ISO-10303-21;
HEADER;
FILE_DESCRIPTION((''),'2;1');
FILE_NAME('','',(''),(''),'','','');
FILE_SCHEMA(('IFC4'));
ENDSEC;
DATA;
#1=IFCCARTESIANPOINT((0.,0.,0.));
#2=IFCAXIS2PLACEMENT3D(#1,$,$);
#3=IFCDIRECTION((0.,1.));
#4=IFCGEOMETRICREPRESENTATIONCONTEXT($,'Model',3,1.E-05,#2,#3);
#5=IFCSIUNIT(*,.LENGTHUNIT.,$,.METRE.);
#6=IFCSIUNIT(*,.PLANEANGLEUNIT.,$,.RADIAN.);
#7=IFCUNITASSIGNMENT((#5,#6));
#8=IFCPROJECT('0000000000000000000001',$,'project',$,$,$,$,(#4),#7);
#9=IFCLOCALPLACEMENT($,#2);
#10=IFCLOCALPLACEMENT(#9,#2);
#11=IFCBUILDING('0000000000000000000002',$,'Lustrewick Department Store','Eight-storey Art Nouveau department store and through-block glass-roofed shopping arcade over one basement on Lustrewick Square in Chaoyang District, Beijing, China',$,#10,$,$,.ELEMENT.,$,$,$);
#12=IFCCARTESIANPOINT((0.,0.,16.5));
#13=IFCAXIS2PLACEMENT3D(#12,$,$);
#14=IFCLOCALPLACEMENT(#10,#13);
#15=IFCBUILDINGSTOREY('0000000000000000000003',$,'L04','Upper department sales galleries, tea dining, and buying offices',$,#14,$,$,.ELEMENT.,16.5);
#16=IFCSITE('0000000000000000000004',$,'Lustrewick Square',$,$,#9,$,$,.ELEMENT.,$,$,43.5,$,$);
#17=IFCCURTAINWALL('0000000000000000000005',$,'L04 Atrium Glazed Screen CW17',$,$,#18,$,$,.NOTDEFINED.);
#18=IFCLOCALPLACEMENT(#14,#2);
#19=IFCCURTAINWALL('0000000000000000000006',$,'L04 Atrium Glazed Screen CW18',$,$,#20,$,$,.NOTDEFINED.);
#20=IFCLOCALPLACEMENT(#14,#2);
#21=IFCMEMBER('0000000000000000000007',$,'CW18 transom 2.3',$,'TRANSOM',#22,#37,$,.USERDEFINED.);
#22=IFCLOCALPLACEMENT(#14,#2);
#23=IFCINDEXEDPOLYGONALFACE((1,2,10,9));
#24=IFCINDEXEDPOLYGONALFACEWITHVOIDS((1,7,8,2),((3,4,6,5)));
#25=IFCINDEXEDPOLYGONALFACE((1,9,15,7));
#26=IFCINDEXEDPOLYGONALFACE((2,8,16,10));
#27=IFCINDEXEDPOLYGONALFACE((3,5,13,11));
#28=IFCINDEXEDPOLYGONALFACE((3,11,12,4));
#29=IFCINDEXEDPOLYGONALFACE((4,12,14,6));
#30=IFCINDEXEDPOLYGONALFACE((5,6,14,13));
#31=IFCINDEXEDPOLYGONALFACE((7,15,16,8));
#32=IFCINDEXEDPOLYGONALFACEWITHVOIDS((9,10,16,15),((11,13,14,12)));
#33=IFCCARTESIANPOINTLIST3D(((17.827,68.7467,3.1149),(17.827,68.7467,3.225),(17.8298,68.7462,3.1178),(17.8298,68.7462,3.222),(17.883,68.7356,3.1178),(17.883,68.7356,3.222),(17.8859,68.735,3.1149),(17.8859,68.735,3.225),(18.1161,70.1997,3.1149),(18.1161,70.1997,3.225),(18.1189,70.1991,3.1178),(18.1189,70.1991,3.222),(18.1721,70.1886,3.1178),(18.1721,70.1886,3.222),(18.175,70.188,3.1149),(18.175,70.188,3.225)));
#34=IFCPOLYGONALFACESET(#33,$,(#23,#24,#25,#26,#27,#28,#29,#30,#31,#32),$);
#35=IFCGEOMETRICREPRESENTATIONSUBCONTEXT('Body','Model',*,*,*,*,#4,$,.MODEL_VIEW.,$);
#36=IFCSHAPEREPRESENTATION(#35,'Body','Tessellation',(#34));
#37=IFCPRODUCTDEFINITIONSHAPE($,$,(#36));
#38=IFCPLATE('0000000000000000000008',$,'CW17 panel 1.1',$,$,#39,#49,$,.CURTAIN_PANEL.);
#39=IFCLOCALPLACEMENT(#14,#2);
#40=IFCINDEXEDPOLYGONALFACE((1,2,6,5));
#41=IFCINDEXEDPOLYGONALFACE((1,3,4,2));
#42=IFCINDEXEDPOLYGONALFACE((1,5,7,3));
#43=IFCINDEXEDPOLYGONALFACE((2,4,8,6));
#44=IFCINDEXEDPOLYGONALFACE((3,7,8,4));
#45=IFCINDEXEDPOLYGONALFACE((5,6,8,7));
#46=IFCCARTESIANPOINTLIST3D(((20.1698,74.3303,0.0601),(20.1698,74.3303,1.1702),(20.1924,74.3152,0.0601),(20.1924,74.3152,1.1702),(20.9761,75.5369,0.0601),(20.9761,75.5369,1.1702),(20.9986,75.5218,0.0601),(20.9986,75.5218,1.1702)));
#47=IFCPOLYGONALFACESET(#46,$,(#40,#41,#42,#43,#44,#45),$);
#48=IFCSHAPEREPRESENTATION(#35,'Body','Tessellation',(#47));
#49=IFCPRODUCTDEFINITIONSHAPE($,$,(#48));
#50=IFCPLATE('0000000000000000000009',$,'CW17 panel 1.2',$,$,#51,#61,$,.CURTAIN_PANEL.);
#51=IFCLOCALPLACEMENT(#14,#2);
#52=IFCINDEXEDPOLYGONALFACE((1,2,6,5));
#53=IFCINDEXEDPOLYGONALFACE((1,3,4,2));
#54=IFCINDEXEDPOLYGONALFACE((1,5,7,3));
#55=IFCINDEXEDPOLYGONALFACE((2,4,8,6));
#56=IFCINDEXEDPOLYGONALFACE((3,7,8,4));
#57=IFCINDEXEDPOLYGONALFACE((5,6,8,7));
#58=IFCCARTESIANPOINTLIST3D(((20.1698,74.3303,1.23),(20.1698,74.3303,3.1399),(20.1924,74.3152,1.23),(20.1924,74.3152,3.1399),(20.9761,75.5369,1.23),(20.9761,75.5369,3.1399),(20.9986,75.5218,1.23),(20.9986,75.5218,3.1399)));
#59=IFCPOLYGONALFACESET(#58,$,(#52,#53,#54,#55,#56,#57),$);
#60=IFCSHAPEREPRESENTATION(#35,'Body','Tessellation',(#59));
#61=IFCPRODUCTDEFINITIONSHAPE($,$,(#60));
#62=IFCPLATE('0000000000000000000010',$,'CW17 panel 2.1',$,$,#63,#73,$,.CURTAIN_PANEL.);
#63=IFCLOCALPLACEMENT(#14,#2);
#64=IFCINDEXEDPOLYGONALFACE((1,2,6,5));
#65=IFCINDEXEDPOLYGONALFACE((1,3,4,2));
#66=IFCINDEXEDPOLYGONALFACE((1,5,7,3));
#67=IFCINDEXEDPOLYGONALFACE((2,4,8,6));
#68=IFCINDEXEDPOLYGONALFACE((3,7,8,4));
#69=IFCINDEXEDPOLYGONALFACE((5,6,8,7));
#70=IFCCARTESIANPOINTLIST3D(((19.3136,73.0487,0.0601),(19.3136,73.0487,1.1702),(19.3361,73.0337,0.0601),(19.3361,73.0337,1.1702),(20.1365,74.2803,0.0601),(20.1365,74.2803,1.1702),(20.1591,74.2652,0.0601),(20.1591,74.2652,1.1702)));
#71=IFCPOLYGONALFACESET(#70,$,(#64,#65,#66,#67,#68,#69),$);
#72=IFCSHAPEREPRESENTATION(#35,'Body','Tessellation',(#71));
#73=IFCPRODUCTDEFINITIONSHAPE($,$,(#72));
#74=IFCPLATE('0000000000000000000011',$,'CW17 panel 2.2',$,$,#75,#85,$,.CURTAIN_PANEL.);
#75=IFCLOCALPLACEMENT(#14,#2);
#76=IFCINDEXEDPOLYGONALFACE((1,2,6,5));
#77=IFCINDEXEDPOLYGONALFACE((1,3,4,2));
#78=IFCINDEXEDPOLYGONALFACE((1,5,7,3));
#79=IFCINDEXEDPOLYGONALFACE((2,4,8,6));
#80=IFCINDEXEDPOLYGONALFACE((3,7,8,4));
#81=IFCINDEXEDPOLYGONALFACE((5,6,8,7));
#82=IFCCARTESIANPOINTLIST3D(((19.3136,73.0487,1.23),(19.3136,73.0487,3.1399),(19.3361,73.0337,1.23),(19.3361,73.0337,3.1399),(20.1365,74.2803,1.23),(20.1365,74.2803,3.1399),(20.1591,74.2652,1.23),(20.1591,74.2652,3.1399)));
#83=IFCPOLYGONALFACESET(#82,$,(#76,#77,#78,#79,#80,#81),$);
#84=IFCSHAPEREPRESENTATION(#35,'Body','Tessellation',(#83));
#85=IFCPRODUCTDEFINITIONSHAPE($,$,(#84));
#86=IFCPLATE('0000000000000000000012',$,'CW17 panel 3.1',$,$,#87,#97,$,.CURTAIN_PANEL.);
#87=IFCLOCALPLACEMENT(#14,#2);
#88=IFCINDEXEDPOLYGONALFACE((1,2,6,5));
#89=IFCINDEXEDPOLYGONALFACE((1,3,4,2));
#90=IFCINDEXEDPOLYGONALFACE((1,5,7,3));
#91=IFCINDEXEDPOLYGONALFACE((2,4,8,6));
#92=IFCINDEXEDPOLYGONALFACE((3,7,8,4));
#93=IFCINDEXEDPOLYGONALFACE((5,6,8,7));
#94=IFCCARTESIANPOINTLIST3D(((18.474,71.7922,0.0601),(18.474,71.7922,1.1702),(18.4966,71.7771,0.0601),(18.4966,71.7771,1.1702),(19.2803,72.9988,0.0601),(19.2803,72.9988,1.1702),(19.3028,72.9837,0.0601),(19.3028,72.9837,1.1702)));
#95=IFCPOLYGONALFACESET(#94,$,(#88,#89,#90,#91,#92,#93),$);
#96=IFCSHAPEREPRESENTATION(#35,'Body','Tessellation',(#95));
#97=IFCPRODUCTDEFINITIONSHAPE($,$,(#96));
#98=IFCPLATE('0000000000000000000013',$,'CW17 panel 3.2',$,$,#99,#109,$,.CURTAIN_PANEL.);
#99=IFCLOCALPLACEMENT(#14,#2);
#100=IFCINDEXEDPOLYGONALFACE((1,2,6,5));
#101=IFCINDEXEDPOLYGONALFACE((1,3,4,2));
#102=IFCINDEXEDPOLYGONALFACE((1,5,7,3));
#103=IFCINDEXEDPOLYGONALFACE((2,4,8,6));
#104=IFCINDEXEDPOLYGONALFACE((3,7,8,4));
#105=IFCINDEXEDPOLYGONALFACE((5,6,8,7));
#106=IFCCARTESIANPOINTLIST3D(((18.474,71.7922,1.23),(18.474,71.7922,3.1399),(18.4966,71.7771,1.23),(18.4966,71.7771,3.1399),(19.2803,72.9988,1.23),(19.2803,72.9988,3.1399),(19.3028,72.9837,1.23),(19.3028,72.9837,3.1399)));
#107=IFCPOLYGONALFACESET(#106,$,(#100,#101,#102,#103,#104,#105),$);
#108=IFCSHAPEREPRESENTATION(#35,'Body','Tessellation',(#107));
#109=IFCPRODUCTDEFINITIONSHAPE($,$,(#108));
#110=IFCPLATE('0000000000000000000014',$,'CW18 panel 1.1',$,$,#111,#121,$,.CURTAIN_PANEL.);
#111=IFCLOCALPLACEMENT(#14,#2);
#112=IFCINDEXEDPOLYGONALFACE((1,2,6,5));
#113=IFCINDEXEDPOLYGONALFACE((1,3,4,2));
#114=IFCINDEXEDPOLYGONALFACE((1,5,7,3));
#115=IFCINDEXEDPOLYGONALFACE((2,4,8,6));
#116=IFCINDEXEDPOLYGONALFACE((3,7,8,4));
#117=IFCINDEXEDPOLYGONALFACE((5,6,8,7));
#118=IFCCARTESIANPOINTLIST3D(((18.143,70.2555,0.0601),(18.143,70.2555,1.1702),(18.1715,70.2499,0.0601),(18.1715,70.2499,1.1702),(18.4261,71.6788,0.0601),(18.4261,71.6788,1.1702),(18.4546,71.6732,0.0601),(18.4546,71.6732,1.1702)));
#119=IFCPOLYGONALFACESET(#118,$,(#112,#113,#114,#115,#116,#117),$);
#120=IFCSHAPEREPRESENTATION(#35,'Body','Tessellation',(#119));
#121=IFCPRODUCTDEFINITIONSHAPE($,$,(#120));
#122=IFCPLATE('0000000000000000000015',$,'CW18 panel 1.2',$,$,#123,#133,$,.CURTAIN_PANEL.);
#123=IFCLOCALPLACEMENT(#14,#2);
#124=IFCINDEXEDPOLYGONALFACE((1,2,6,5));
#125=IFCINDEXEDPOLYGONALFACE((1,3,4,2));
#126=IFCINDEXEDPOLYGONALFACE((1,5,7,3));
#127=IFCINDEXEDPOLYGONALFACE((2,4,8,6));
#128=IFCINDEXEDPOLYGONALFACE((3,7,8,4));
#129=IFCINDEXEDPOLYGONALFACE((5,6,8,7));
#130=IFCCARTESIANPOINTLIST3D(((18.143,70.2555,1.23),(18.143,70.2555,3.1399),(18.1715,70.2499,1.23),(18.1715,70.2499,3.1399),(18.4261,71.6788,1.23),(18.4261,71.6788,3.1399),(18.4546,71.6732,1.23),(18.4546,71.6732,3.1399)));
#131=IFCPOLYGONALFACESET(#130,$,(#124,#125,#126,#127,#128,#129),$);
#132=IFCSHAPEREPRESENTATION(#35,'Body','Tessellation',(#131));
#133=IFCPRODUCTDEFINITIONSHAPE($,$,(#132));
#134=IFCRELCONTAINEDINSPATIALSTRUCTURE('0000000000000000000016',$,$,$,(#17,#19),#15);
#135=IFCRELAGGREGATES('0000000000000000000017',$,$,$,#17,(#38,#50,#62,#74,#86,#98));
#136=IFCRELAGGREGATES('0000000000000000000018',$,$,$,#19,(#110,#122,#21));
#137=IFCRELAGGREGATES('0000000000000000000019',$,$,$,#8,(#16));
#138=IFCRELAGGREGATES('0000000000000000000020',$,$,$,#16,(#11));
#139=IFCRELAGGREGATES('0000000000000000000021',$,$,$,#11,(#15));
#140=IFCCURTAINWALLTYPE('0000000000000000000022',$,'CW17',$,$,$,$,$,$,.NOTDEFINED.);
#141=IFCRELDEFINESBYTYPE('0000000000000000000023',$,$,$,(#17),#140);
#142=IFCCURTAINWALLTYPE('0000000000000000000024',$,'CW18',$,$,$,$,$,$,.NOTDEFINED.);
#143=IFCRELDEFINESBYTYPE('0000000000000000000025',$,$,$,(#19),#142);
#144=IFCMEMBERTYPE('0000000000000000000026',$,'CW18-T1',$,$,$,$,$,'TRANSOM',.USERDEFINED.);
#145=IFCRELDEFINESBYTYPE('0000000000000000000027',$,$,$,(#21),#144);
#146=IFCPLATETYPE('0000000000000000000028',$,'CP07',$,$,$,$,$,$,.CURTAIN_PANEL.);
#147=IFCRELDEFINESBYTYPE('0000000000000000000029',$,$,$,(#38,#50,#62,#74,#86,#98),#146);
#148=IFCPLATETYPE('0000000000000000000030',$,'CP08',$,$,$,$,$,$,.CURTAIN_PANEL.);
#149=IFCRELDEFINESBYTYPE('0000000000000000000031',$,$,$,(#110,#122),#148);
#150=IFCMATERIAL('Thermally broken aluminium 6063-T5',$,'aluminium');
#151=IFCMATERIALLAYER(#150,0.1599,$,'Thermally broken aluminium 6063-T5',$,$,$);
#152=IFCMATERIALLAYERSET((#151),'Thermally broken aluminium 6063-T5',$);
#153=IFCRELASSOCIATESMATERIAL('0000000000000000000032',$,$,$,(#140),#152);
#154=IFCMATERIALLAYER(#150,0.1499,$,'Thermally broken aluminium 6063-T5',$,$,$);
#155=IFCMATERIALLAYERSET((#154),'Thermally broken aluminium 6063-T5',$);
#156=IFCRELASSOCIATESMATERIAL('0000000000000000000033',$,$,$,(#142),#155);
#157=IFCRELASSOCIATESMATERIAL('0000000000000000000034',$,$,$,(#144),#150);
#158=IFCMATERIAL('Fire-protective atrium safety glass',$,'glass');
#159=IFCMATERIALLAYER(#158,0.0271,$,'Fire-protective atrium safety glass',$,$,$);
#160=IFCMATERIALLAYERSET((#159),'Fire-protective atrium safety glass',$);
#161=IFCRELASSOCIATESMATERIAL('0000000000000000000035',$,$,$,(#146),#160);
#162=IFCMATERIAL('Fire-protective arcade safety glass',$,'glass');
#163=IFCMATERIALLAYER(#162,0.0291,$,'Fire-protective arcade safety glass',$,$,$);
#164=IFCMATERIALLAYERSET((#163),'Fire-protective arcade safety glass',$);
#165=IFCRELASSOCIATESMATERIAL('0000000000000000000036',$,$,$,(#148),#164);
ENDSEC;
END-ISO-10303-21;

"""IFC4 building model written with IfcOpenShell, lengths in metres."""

from ifc_helpers import new_model, si_unit, direction, frame, origin, origin_2d, place, context, subcontext, project, spatial, rectangle, hollow_rectangle, extrude, material, layer, layer_set, material_profile, profile_set, type_object, element, aggregate, save


model = new_model("IFC4")

# Units and contexts
model_context = context("Model", 3, precision=1e-05, world=origin(), true_north=direction((0.0, 1.0)))
body_context = subcontext(model_context, "Body", "Model", "MODEL_VIEW")
ifc_project = project(units=[si_unit("LENGTHUNIT", "METRE"), si_unit("PLANEANGLEUNIT", "RADIAN")], contexts=[model_context])

# Site, building, storey
site_placement = place(None, origin())
site = spatial("IfcSite", under=ifc_project, at=site_placement, Name="Lustrewick Square", CompositionType="ELEMENT", RefElevation=43.5)
building_placement = place(site_placement, origin())
building = spatial("IfcBuilding", under=site, at=building_placement, Name="Lustrewick Department Store", Description="Eight-storey Art Nouveau department store and through-block glass-roofed shopping arcade over one basement on Lustrewick Square in Chaoyang District, Beijing, China", CompositionType="ELEMENT")
storey_placement = place(building_placement, frame((0.0, 0.0, 16.5)))
storey = spatial("IfcBuildingStorey", under=building, at=storey_placement, Name="L04", Description="Upper department sales galleries, tea dining, and buying offices", CompositionType="ELEMENT", Elevation=16.5)

# Shared definitions
ifc_material_1 = material(Name="Thermally broken aluminium 6063-T5", Category="aluminium")

# Curtain walls, member
ifc_layer_1 = layer(ifc_material_1, 0.1599, Name="Thermally broken aluminium 6063-T5")
ifc_layer_set_1 = layer_set([ifc_layer_1], Name="Thermally broken aluminium 6063-T5")
curtain_wall_type_1 = type_object("IfcCurtainWallType", Name="CW17", PredefinedType="NOTDEFINED", material=ifc_layer_set_1)
curtain_wall_1_placement = place(storey_placement, origin())
curtain_wall_1 = element("IfcCurtainWall", 1, at=curtain_wall_1_placement, inside=storey, type_object=curtain_wall_type_1, Name="L04 Atrium Glazed Screen CW17", PredefinedType="NOTDEFINED")
ifc_layer_2 = layer(ifc_material_1, 0.1499, Name="Thermally broken aluminium 6063-T5")
ifc_layer_set_2 = layer_set([ifc_layer_2], Name="Thermally broken aluminium 6063-T5")
curtain_wall_type_2 = type_object("IfcCurtainWallType", Name="CW18", PredefinedType="NOTDEFINED", material=ifc_layer_set_2)
curtain_wall_2_placement = place(storey_placement, origin())
curtain_wall_2 = element("IfcCurtainWall", 2, at=curtain_wall_2_placement, inside=storey, type_object=curtain_wall_type_2, Name="L04 Atrium Glazed Screen CW18", PredefinedType="NOTDEFINED")
ifc_material_profile_1 = material_profile(ifc_material_1, hollow_rectangle(XDim=0.0601, YDim=0.1101, WallThickness=0.0029, at=origin_2d()), Name="ALU-T 60x110x3")
ifc_profile_set_1 = profile_set([ifc_material_profile_1], Name="Thermally broken aluminium 6063-T5")
member_type_1 = type_object("IfcMemberType", Name="CW18-T1", ElementType="TRANSOM", PredefinedType="USERDEFINED", material=ifc_profile_set_1)
member_1_placement = place(storey_placement, frame((18.1455, 70.1938, 3.1699), z_axis=(-0.195134, -0.980777, 0.0), x_axis=(0.980777, -0.195134, 0.0)))
member_1 = element("IfcMember", 3, at=member_1_placement, type_object=member_type_1, Name="CW18 transom 2.3", ObjectType="TRANSOM", PredefinedType="USERDEFINED", context=body_context, shape_type="SweptSolid", body=[
    extrude(hollow_rectangle(XDim=0.0601, YDim=0.1101, WallThickness=0.0029, at=origin_2d()), origin(), (0.0, 0.0, 1.0), 1.4814),
])

# Plates
ifc_material_2 = material(Name="Fire-protective atrium safety glass", Category="glass")
ifc_layer_3 = layer(ifc_material_2, 0.0271, Name="Fire-protective atrium safety glass")
ifc_layer_set_3 = layer_set([ifc_layer_3], Name="Fire-protective atrium safety glass")
plate_type_1 = type_object("IfcPlateType", Name="CP07", PredefinedType="CURTAIN_PANEL", material=ifc_layer_set_3)
plate_1_placement = place(storey_placement, frame((20.5842, 74.926, 0.0601), z_axis=(0.0, 0.0, 1.0), x_axis=(-0.555578, -0.831464, 0.0)))
plate_1 = element("IfcPlate", 4, at=plate_1_placement, type_object=plate_type_1, Name="CW17 panel 1.1", PredefinedType="CURTAIN_PANEL", context=body_context, shape_type="SweptSolid", body=[
    extrude(rectangle(XDim=1.4512, YDim=0.0271, at=origin_2d()), origin(), (0.0, 0.0, 1.0), 1.1101),
])
plate_2_placement = place(storey_placement, frame((20.5842, 74.926, 1.23), z_axis=(0.0, 0.0, 1.0), x_axis=(-0.555578, -0.831464, 0.0)))
plate_2 = element("IfcPlate", 5, at=plate_2_placement, type_object=plate_type_1, Name="CW17 panel 1.2", PredefinedType="CURTAIN_PANEL", context=body_context, shape_type="SweptSolid", body=[
    extrude(rectangle(XDim=1.4512, YDim=0.0271, at=origin_2d()), origin(), (0.0, 0.0, 1.0), 1.9099),
])
plate_3_placement = place(storey_placement, frame((19.7363, 73.657, 0.0601), z_axis=(0.0, 0.0, 1.0), x_axis=(-0.555578, -0.831464, 0.0)))
plate_3 = element("IfcPlate", 6, at=plate_3_placement, type_object=plate_type_1, Name="CW17 panel 2.1", PredefinedType="CURTAIN_PANEL", context=body_context, shape_type="SweptSolid", body=[
    extrude(rectangle(XDim=1.4812, YDim=0.0271, at=origin_2d()), origin(), (0.0, 0.0, 1.0), 1.1101),
])
plate_4_placement = place(storey_placement, frame((19.7363, 73.657, 1.23), z_axis=(0.0, 0.0, 1.0), x_axis=(-0.555578, -0.831464, 0.0)))
plate_4 = element("IfcPlate", 7, at=plate_4_placement, type_object=plate_type_1, Name="CW17 panel 2.2", PredefinedType="CURTAIN_PANEL", context=body_context, shape_type="SweptSolid", body=[
    extrude(rectangle(XDim=1.4812, YDim=0.0271, at=origin_2d()), origin(), (0.0, 0.0, 1.0), 1.9099),
])
plate_5_placement = place(storey_placement, frame((18.8884, 72.3879, 0.0601), z_axis=(0.0, 0.0, 1.0), x_axis=(-0.555578, -0.831464, 0.0)))
plate_5 = element("IfcPlate", 8, at=plate_5_placement, type_object=plate_type_1, Name="CW17 panel 3.1", PredefinedType="CURTAIN_PANEL", context=body_context, shape_type="SweptSolid", body=[
    extrude(rectangle(XDim=1.4512, YDim=0.0271, at=origin_2d()), origin(), (0.0, 0.0, 1.0), 1.1101),
])
plate_6_placement = place(storey_placement, frame((18.8884, 72.3879, 1.23), z_axis=(0.0, 0.0, 1.0), x_axis=(-0.555578, -0.831464, 0.0)))
plate_6 = element("IfcPlate", 9, at=plate_6_placement, type_object=plate_type_1, Name="CW17 panel 3.2", PredefinedType="CURTAIN_PANEL", context=body_context, shape_type="SweptSolid", body=[
    extrude(rectangle(XDim=1.4512, YDim=0.0271, at=origin_2d()), origin(), (0.0, 0.0, 1.0), 1.9099),
])
aggregate(curtain_wall_1, [plate_1, plate_2, plate_3, plate_4, plate_5, plate_6])
ifc_material_3 = material(Name="Fire-protective arcade safety glass", Category="glass")
ifc_layer_4 = layer(ifc_material_3, 0.0291, Name="Fire-protective arcade safety glass")
ifc_layer_set_4 = layer_set([ifc_layer_4], Name="Fire-protective arcade safety glass")
plate_type_2 = type_object("IfcPlateType", Name="CP08", PredefinedType="CURTAIN_PANEL", material=ifc_layer_set_4)
plate_7_placement = place(storey_placement, frame((18.2988, 70.9644, 0.0601), z_axis=(0.0, 0.0, 1.0), x_axis=(-0.195085, -0.980786, 0.0)))
plate_7 = element("IfcPlate", 10, at=plate_7_placement, type_object=plate_type_2, Name="CW18 panel 1.1", PredefinedType="CURTAIN_PANEL", context=body_context, shape_type="SweptSolid", body=[
    extrude(rectangle(XDim=1.4512, YDim=0.0291, at=origin_2d()), origin(), (0.0, 0.0, 1.0), 1.1101),
])
plate_8_placement = place(storey_placement, frame((18.2988, 70.9644, 1.23), z_axis=(0.0, 0.0, 1.0), x_axis=(-0.195085, -0.980786, 0.0)))
plate_8 = element("IfcPlate", 11, at=plate_8_placement, type_object=plate_type_2, Name="CW18 panel 1.2", PredefinedType="CURTAIN_PANEL", context=body_context, shape_type="SweptSolid", body=[
    extrude(rectangle(XDim=1.4512, YDim=0.0291, at=origin_2d()), origin(), (0.0, 0.0, 1.0), 1.9099),
])
aggregate(curtain_wall_2, [plate_7, plate_8, member_1])

save(model, "model.ifc")
